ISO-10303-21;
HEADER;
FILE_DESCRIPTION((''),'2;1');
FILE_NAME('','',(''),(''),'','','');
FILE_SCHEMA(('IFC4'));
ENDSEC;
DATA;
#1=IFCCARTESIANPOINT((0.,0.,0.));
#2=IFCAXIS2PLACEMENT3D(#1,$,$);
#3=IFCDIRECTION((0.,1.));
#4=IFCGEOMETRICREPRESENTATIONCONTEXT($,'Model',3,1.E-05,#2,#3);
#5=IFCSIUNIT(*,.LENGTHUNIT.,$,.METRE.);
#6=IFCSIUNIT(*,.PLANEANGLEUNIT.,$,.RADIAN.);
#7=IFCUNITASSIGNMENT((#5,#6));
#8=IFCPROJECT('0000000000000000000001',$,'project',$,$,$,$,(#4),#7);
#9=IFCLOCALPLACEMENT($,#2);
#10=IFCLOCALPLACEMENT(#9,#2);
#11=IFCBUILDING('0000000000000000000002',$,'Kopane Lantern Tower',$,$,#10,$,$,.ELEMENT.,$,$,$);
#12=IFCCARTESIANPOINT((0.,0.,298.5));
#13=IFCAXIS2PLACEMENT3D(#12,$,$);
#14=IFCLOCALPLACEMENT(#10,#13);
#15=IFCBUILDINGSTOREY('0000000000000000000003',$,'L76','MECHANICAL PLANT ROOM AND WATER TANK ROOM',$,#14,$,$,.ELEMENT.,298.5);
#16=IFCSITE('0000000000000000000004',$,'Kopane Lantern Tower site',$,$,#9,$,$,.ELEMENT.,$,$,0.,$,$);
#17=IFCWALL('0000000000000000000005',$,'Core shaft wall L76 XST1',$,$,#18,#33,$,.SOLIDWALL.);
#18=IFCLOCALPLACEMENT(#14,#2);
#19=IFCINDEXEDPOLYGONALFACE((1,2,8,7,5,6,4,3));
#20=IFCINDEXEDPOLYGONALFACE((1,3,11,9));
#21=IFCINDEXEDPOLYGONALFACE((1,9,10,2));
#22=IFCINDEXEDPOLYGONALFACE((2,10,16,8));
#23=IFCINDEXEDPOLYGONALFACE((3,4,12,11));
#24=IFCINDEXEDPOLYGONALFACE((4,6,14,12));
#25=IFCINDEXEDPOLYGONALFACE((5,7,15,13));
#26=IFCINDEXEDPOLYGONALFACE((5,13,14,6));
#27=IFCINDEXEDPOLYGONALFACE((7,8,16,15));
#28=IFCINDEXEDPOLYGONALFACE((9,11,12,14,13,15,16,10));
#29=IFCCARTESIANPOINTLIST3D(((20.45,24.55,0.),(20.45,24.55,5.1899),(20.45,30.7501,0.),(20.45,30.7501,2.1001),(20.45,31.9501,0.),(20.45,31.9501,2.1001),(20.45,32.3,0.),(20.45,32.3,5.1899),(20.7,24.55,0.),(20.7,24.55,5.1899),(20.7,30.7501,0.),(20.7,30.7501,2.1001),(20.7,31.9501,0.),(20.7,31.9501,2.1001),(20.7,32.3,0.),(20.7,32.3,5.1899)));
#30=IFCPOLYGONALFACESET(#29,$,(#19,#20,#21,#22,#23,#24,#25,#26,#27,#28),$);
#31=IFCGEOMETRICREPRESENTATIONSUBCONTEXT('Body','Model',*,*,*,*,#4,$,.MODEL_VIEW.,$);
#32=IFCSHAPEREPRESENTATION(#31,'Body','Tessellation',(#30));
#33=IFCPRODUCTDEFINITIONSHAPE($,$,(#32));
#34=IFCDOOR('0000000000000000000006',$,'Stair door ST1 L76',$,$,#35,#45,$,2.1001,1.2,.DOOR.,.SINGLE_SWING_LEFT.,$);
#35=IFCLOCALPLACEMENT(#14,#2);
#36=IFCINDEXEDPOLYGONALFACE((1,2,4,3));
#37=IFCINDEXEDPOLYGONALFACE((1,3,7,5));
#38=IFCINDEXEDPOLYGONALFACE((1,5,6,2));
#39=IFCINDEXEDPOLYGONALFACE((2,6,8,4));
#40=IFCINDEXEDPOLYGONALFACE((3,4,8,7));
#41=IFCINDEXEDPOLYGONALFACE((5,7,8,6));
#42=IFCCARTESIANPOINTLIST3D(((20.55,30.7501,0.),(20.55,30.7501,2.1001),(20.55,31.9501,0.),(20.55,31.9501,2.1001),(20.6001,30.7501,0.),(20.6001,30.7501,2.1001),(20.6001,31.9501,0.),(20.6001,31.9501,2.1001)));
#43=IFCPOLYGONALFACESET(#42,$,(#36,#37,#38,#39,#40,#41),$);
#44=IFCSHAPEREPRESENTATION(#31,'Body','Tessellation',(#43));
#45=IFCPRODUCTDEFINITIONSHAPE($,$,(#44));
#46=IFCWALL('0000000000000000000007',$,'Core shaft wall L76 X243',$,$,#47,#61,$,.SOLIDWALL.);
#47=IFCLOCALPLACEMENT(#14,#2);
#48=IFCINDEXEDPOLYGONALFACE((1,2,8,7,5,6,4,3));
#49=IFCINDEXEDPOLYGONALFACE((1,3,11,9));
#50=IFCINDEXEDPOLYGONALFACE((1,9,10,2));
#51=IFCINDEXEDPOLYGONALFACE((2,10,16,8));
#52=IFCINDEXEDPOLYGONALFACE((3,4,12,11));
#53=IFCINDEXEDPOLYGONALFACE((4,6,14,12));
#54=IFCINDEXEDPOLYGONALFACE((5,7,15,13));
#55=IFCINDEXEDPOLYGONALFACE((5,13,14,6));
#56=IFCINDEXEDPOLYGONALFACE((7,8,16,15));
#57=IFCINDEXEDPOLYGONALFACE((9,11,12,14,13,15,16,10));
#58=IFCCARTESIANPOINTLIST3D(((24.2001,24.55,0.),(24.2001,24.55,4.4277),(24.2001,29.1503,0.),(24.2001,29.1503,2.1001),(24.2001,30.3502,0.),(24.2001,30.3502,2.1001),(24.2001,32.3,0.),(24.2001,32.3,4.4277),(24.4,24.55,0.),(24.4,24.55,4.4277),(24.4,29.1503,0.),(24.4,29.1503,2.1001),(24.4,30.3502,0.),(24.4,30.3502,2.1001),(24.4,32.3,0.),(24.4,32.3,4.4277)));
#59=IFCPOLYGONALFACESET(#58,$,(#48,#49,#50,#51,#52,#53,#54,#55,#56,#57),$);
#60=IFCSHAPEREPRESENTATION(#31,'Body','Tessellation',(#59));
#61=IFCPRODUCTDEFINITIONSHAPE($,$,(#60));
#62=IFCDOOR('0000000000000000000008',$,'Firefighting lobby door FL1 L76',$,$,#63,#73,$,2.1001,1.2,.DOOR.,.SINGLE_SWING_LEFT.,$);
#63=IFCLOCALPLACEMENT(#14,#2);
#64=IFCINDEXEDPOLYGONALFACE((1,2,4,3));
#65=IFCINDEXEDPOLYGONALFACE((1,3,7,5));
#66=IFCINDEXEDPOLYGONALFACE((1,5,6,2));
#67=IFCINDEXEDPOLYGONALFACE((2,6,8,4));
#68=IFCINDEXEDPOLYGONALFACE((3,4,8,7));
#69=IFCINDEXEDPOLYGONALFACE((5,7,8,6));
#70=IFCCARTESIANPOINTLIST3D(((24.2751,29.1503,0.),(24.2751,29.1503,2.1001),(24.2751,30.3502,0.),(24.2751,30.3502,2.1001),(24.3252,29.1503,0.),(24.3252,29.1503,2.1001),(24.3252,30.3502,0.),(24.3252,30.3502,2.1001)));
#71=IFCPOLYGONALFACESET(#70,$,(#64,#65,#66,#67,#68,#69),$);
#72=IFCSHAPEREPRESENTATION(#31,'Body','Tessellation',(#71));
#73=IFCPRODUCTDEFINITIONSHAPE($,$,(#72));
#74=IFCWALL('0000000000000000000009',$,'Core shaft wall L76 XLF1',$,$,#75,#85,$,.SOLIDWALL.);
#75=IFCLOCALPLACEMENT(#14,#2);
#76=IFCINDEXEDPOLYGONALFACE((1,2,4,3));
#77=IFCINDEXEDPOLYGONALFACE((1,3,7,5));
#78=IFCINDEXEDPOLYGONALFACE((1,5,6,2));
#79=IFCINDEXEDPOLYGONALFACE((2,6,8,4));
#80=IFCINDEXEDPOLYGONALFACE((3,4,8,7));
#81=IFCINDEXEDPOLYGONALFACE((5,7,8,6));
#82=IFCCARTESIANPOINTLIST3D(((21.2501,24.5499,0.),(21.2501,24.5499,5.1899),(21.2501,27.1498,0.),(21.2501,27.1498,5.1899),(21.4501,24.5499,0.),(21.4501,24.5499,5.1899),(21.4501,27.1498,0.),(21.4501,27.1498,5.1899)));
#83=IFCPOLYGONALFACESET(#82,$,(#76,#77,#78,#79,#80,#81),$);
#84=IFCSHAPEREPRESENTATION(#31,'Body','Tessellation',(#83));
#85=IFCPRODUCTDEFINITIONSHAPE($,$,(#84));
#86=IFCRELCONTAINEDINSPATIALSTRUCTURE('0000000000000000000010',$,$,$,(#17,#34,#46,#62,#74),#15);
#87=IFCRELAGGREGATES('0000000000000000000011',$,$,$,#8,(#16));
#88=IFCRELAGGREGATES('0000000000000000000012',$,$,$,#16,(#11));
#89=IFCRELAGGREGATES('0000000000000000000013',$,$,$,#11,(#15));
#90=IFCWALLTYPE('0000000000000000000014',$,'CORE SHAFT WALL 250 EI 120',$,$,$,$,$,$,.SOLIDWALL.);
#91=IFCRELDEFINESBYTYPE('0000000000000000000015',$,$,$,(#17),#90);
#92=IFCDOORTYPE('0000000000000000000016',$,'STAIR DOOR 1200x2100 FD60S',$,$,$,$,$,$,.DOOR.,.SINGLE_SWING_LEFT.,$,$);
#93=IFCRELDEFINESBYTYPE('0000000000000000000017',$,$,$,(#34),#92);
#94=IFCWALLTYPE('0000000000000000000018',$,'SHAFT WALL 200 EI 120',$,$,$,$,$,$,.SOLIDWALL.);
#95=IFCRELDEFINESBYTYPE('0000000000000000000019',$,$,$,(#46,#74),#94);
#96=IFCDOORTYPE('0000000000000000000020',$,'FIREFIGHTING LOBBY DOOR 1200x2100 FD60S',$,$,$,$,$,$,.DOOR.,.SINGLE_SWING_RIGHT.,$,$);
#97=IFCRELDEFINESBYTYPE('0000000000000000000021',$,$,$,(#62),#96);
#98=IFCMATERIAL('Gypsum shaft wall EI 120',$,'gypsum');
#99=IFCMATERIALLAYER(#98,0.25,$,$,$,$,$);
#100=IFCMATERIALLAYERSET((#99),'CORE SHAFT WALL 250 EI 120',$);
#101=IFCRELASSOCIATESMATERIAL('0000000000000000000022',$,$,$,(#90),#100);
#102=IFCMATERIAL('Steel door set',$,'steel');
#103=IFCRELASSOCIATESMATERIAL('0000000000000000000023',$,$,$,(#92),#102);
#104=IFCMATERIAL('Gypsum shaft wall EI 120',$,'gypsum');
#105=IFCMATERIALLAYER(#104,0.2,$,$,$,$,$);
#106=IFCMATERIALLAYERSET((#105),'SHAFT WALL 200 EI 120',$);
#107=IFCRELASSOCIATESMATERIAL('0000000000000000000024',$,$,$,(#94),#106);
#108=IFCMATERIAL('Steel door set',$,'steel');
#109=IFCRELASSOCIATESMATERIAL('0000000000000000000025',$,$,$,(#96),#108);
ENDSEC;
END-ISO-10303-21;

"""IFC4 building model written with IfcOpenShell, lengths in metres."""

from ifc_helpers import new_model, si_unit, direction, frame, frame_2d, origin, place, context, subcontext, project, spatial, rectangle, extrude, material, layer, layer_set, type_object, element, fill, save


model = new_model("IFC4")

# Units and contexts
model_context = context("Model", 3, precision=1e-05, world=origin(), true_north=direction((0.0, 1.0)))
body_context = subcontext(model_context, "Body", "Model", "MODEL_VIEW")
ifc_project = project(units=[si_unit("LENGTHUNIT", "METRE"), si_unit("PLANEANGLEUNIT", "RADIAN")], contexts=[model_context])

# Site, building, storey
site_placement = place(None, origin())
site = spatial("IfcSite", under=ifc_project, at=site_placement, Name="Kopane Lantern Tower site", CompositionType="ELEMENT", RefElevation=0.0)
building_placement = place(site_placement, origin())
building = spatial("IfcBuilding", under=site, at=building_placement, Name="Kopane Lantern Tower", CompositionType="ELEMENT")
storey_placement = place(building_placement, frame((0.0, 0.0, 298.5)))
storey = spatial("IfcBuildingStorey", under=building, at=storey_placement, Name="L76", Description="MECHANICAL PLANT ROOM AND WATER TANK ROOM", CompositionType="ELEMENT", Elevation=298.5)

# Walls, openings, doors
ifc_material_1 = material(Name="Gypsum shaft wall EI 120", Category="gypsum")
ifc_layer_1 = layer(ifc_material_1, 0.25)
ifc_layer_set_1 = layer_set([ifc_layer_1], Name="CORE SHAFT WALL 250 EI 120")
wall_type_1 = type_object("IfcWallType", Name="CORE SHAFT WALL 250 EI 120", PredefinedType="SOLIDWALL", material=ifc_layer_set_1)
wall_1_placement = place(storey_placement, frame((20.575, 24.55, 0.0), z_axis=(0.0, 0.0, 1.0), x_axis=(0.0, 1.0, 0.0)))
wall_1 = element("IfcWall", 1, at=wall_1_placement, inside=storey, type_object=wall_type_1, Name="Core shaft wall L76 XST1", PredefinedType="SOLIDWALL", context=body_context, shape_type="SweptSolid", body=[
    extrude(rectangle(XDim=7.75, YDim=0.25, at=frame_2d((3.875, 0.0))), origin(), (0.0, 0.0, 1.0), 5.1899),
])
opening_1_placement = place(wall_1_placement, frame((6.2, 0.0, 0.0)))
opening_1 = element("IfcOpeningElement", 2, at=opening_1_placement, cuts=wall_1, PredefinedType="OPENING", context=body_context, shape_type="SweptSolid", body=[
    extrude(rectangle(XDim=1.2, YDim=2.1001, at=frame_2d((0.6001, 1.05))), frame((0.0, 0.135, 0.0), z_axis=(0.0, -1.0, 0.0), x_axis=(1.0, 0.0, 0.0)), (0.0, 0.0, 1.0), 0.27),
])
ifc_material_2 = material(Name="Steel door set", Category="steel")
door_type_1 = type_object("IfcDoorType", Name="STAIR DOOR 1200x2100 FD60S", OperationType="SINGLE_SWING_LEFT", PredefinedType="DOOR", material=ifc_material_2)
door_1_placement = place(opening_1_placement, origin())
door_1 = element("IfcDoor", 3, at=door_1_placement, inside=storey, type_object=door_type_1, Name="Stair door ST1 L76", OperationType="SINGLE_SWING_LEFT", OverallHeight=2.1001, OverallWidth=1.2, PredefinedType="DOOR", context=body_context, shape_type="SweptSolid", body=[
    extrude(rectangle(XDim=1.2, YDim=2.1001, at=frame_2d((0.6001, 1.05))), frame((0.0, 0.0249, 0.0), z_axis=(0.0, -1.0, 0.0), x_axis=(1.0, 0.0, 0.0)), (0.0, 0.0, 1.0), 0.05),
])
fill(opening_1, door_1)
ifc_material_3 = material(Name="Gypsum shaft wall EI 120", Category="gypsum")
ifc_layer_2 = layer(ifc_material_3, 0.2)
ifc_layer_set_2 = layer_set([ifc_layer_2], Name="SHAFT WALL 200 EI 120")
wall_type_2 = type_object("IfcWallType", Name="SHAFT WALL 200 EI 120", PredefinedType="SOLIDWALL", material=ifc_layer_set_2)
wall_2_placement = place(storey_placement, frame((24.3, 24.55, 0.0), z_axis=(0.0, 0.0, 1.0), x_axis=(0.0, 1.0, 0.0)))
wall_2 = element("IfcWall", 4, at=wall_2_placement, inside=storey, type_object=wall_type_2, Name="Core shaft wall L76 X243", PredefinedType="SOLIDWALL", context=body_context, shape_type="SweptSolid", body=[
    extrude(rectangle(XDim=7.75, YDim=0.2, at=frame_2d((3.875, 0.0))), origin(), (0.0, 0.0, 1.0), 4.4277),
])
opening_2_placement = place(wall_2_placement, frame((4.6001, 0.0, 0.0)))
opening_2 = element("IfcOpeningElement", 5, at=opening_2_placement, cuts=wall_2, PredefinedType="OPENING", context=body_context, shape_type="SweptSolid", body=[
    extrude(rectangle(XDim=1.2, YDim=2.1001, at=frame_2d((0.6001, 1.05))), frame((0.0, 0.1099, 0.0), z_axis=(0.0, -1.0, 0.0), x_axis=(1.0, 0.0, 0.0)), (0.0, 0.0, 1.0), 0.22),
])
ifc_material_4 = material(Name="Steel door set", Category="steel")
door_type_2 = type_object("IfcDoorType", Name="FIREFIGHTING LOBBY DOOR 1200x2100 FD60S", OperationType="SINGLE_SWING_RIGHT", PredefinedType="DOOR", material=ifc_material_4)
door_2_placement = place(opening_2_placement, origin())
door_2 = element("IfcDoor", 6, at=door_2_placement, inside=storey, type_object=door_type_2, Name="Firefighting lobby door FL1 L76", OperationType="SINGLE_SWING_LEFT", OverallHeight=2.1001, OverallWidth=1.2, PredefinedType="DOOR", context=body_context, shape_type="SweptSolid", body=[
    extrude(rectangle(XDim=1.2, YDim=2.1001, at=frame_2d((0.6001, 1.05))), frame((0.0, 0.0249, 0.0), z_axis=(0.0, -1.0, 0.0), x_axis=(1.0, 0.0, 0.0)), (0.0, 0.0, 1.0), 0.05),
])
fill(opening_2, door_2)

# Wall
wall_3_placement = place(storey_placement, frame((21.3501, 24.55, 0.0), z_axis=(0.0, 0.0, 1.0), x_axis=(0.0, 1.0, 0.0)))
element("IfcWall", 7, at=wall_3_placement, inside=storey, type_object=wall_type_2, Name="Core shaft wall L76 XLF1", PredefinedType="SOLIDWALL", context=body_context, shape_type="SweptSolid", body=[
    extrude(rectangle(XDim=2.5999, YDim=0.2, at=frame_2d((1.2998, 0.0))), origin(), (0.0, 0.0, 1.0), 5.1899),
])

save(model, "model.ifc")
